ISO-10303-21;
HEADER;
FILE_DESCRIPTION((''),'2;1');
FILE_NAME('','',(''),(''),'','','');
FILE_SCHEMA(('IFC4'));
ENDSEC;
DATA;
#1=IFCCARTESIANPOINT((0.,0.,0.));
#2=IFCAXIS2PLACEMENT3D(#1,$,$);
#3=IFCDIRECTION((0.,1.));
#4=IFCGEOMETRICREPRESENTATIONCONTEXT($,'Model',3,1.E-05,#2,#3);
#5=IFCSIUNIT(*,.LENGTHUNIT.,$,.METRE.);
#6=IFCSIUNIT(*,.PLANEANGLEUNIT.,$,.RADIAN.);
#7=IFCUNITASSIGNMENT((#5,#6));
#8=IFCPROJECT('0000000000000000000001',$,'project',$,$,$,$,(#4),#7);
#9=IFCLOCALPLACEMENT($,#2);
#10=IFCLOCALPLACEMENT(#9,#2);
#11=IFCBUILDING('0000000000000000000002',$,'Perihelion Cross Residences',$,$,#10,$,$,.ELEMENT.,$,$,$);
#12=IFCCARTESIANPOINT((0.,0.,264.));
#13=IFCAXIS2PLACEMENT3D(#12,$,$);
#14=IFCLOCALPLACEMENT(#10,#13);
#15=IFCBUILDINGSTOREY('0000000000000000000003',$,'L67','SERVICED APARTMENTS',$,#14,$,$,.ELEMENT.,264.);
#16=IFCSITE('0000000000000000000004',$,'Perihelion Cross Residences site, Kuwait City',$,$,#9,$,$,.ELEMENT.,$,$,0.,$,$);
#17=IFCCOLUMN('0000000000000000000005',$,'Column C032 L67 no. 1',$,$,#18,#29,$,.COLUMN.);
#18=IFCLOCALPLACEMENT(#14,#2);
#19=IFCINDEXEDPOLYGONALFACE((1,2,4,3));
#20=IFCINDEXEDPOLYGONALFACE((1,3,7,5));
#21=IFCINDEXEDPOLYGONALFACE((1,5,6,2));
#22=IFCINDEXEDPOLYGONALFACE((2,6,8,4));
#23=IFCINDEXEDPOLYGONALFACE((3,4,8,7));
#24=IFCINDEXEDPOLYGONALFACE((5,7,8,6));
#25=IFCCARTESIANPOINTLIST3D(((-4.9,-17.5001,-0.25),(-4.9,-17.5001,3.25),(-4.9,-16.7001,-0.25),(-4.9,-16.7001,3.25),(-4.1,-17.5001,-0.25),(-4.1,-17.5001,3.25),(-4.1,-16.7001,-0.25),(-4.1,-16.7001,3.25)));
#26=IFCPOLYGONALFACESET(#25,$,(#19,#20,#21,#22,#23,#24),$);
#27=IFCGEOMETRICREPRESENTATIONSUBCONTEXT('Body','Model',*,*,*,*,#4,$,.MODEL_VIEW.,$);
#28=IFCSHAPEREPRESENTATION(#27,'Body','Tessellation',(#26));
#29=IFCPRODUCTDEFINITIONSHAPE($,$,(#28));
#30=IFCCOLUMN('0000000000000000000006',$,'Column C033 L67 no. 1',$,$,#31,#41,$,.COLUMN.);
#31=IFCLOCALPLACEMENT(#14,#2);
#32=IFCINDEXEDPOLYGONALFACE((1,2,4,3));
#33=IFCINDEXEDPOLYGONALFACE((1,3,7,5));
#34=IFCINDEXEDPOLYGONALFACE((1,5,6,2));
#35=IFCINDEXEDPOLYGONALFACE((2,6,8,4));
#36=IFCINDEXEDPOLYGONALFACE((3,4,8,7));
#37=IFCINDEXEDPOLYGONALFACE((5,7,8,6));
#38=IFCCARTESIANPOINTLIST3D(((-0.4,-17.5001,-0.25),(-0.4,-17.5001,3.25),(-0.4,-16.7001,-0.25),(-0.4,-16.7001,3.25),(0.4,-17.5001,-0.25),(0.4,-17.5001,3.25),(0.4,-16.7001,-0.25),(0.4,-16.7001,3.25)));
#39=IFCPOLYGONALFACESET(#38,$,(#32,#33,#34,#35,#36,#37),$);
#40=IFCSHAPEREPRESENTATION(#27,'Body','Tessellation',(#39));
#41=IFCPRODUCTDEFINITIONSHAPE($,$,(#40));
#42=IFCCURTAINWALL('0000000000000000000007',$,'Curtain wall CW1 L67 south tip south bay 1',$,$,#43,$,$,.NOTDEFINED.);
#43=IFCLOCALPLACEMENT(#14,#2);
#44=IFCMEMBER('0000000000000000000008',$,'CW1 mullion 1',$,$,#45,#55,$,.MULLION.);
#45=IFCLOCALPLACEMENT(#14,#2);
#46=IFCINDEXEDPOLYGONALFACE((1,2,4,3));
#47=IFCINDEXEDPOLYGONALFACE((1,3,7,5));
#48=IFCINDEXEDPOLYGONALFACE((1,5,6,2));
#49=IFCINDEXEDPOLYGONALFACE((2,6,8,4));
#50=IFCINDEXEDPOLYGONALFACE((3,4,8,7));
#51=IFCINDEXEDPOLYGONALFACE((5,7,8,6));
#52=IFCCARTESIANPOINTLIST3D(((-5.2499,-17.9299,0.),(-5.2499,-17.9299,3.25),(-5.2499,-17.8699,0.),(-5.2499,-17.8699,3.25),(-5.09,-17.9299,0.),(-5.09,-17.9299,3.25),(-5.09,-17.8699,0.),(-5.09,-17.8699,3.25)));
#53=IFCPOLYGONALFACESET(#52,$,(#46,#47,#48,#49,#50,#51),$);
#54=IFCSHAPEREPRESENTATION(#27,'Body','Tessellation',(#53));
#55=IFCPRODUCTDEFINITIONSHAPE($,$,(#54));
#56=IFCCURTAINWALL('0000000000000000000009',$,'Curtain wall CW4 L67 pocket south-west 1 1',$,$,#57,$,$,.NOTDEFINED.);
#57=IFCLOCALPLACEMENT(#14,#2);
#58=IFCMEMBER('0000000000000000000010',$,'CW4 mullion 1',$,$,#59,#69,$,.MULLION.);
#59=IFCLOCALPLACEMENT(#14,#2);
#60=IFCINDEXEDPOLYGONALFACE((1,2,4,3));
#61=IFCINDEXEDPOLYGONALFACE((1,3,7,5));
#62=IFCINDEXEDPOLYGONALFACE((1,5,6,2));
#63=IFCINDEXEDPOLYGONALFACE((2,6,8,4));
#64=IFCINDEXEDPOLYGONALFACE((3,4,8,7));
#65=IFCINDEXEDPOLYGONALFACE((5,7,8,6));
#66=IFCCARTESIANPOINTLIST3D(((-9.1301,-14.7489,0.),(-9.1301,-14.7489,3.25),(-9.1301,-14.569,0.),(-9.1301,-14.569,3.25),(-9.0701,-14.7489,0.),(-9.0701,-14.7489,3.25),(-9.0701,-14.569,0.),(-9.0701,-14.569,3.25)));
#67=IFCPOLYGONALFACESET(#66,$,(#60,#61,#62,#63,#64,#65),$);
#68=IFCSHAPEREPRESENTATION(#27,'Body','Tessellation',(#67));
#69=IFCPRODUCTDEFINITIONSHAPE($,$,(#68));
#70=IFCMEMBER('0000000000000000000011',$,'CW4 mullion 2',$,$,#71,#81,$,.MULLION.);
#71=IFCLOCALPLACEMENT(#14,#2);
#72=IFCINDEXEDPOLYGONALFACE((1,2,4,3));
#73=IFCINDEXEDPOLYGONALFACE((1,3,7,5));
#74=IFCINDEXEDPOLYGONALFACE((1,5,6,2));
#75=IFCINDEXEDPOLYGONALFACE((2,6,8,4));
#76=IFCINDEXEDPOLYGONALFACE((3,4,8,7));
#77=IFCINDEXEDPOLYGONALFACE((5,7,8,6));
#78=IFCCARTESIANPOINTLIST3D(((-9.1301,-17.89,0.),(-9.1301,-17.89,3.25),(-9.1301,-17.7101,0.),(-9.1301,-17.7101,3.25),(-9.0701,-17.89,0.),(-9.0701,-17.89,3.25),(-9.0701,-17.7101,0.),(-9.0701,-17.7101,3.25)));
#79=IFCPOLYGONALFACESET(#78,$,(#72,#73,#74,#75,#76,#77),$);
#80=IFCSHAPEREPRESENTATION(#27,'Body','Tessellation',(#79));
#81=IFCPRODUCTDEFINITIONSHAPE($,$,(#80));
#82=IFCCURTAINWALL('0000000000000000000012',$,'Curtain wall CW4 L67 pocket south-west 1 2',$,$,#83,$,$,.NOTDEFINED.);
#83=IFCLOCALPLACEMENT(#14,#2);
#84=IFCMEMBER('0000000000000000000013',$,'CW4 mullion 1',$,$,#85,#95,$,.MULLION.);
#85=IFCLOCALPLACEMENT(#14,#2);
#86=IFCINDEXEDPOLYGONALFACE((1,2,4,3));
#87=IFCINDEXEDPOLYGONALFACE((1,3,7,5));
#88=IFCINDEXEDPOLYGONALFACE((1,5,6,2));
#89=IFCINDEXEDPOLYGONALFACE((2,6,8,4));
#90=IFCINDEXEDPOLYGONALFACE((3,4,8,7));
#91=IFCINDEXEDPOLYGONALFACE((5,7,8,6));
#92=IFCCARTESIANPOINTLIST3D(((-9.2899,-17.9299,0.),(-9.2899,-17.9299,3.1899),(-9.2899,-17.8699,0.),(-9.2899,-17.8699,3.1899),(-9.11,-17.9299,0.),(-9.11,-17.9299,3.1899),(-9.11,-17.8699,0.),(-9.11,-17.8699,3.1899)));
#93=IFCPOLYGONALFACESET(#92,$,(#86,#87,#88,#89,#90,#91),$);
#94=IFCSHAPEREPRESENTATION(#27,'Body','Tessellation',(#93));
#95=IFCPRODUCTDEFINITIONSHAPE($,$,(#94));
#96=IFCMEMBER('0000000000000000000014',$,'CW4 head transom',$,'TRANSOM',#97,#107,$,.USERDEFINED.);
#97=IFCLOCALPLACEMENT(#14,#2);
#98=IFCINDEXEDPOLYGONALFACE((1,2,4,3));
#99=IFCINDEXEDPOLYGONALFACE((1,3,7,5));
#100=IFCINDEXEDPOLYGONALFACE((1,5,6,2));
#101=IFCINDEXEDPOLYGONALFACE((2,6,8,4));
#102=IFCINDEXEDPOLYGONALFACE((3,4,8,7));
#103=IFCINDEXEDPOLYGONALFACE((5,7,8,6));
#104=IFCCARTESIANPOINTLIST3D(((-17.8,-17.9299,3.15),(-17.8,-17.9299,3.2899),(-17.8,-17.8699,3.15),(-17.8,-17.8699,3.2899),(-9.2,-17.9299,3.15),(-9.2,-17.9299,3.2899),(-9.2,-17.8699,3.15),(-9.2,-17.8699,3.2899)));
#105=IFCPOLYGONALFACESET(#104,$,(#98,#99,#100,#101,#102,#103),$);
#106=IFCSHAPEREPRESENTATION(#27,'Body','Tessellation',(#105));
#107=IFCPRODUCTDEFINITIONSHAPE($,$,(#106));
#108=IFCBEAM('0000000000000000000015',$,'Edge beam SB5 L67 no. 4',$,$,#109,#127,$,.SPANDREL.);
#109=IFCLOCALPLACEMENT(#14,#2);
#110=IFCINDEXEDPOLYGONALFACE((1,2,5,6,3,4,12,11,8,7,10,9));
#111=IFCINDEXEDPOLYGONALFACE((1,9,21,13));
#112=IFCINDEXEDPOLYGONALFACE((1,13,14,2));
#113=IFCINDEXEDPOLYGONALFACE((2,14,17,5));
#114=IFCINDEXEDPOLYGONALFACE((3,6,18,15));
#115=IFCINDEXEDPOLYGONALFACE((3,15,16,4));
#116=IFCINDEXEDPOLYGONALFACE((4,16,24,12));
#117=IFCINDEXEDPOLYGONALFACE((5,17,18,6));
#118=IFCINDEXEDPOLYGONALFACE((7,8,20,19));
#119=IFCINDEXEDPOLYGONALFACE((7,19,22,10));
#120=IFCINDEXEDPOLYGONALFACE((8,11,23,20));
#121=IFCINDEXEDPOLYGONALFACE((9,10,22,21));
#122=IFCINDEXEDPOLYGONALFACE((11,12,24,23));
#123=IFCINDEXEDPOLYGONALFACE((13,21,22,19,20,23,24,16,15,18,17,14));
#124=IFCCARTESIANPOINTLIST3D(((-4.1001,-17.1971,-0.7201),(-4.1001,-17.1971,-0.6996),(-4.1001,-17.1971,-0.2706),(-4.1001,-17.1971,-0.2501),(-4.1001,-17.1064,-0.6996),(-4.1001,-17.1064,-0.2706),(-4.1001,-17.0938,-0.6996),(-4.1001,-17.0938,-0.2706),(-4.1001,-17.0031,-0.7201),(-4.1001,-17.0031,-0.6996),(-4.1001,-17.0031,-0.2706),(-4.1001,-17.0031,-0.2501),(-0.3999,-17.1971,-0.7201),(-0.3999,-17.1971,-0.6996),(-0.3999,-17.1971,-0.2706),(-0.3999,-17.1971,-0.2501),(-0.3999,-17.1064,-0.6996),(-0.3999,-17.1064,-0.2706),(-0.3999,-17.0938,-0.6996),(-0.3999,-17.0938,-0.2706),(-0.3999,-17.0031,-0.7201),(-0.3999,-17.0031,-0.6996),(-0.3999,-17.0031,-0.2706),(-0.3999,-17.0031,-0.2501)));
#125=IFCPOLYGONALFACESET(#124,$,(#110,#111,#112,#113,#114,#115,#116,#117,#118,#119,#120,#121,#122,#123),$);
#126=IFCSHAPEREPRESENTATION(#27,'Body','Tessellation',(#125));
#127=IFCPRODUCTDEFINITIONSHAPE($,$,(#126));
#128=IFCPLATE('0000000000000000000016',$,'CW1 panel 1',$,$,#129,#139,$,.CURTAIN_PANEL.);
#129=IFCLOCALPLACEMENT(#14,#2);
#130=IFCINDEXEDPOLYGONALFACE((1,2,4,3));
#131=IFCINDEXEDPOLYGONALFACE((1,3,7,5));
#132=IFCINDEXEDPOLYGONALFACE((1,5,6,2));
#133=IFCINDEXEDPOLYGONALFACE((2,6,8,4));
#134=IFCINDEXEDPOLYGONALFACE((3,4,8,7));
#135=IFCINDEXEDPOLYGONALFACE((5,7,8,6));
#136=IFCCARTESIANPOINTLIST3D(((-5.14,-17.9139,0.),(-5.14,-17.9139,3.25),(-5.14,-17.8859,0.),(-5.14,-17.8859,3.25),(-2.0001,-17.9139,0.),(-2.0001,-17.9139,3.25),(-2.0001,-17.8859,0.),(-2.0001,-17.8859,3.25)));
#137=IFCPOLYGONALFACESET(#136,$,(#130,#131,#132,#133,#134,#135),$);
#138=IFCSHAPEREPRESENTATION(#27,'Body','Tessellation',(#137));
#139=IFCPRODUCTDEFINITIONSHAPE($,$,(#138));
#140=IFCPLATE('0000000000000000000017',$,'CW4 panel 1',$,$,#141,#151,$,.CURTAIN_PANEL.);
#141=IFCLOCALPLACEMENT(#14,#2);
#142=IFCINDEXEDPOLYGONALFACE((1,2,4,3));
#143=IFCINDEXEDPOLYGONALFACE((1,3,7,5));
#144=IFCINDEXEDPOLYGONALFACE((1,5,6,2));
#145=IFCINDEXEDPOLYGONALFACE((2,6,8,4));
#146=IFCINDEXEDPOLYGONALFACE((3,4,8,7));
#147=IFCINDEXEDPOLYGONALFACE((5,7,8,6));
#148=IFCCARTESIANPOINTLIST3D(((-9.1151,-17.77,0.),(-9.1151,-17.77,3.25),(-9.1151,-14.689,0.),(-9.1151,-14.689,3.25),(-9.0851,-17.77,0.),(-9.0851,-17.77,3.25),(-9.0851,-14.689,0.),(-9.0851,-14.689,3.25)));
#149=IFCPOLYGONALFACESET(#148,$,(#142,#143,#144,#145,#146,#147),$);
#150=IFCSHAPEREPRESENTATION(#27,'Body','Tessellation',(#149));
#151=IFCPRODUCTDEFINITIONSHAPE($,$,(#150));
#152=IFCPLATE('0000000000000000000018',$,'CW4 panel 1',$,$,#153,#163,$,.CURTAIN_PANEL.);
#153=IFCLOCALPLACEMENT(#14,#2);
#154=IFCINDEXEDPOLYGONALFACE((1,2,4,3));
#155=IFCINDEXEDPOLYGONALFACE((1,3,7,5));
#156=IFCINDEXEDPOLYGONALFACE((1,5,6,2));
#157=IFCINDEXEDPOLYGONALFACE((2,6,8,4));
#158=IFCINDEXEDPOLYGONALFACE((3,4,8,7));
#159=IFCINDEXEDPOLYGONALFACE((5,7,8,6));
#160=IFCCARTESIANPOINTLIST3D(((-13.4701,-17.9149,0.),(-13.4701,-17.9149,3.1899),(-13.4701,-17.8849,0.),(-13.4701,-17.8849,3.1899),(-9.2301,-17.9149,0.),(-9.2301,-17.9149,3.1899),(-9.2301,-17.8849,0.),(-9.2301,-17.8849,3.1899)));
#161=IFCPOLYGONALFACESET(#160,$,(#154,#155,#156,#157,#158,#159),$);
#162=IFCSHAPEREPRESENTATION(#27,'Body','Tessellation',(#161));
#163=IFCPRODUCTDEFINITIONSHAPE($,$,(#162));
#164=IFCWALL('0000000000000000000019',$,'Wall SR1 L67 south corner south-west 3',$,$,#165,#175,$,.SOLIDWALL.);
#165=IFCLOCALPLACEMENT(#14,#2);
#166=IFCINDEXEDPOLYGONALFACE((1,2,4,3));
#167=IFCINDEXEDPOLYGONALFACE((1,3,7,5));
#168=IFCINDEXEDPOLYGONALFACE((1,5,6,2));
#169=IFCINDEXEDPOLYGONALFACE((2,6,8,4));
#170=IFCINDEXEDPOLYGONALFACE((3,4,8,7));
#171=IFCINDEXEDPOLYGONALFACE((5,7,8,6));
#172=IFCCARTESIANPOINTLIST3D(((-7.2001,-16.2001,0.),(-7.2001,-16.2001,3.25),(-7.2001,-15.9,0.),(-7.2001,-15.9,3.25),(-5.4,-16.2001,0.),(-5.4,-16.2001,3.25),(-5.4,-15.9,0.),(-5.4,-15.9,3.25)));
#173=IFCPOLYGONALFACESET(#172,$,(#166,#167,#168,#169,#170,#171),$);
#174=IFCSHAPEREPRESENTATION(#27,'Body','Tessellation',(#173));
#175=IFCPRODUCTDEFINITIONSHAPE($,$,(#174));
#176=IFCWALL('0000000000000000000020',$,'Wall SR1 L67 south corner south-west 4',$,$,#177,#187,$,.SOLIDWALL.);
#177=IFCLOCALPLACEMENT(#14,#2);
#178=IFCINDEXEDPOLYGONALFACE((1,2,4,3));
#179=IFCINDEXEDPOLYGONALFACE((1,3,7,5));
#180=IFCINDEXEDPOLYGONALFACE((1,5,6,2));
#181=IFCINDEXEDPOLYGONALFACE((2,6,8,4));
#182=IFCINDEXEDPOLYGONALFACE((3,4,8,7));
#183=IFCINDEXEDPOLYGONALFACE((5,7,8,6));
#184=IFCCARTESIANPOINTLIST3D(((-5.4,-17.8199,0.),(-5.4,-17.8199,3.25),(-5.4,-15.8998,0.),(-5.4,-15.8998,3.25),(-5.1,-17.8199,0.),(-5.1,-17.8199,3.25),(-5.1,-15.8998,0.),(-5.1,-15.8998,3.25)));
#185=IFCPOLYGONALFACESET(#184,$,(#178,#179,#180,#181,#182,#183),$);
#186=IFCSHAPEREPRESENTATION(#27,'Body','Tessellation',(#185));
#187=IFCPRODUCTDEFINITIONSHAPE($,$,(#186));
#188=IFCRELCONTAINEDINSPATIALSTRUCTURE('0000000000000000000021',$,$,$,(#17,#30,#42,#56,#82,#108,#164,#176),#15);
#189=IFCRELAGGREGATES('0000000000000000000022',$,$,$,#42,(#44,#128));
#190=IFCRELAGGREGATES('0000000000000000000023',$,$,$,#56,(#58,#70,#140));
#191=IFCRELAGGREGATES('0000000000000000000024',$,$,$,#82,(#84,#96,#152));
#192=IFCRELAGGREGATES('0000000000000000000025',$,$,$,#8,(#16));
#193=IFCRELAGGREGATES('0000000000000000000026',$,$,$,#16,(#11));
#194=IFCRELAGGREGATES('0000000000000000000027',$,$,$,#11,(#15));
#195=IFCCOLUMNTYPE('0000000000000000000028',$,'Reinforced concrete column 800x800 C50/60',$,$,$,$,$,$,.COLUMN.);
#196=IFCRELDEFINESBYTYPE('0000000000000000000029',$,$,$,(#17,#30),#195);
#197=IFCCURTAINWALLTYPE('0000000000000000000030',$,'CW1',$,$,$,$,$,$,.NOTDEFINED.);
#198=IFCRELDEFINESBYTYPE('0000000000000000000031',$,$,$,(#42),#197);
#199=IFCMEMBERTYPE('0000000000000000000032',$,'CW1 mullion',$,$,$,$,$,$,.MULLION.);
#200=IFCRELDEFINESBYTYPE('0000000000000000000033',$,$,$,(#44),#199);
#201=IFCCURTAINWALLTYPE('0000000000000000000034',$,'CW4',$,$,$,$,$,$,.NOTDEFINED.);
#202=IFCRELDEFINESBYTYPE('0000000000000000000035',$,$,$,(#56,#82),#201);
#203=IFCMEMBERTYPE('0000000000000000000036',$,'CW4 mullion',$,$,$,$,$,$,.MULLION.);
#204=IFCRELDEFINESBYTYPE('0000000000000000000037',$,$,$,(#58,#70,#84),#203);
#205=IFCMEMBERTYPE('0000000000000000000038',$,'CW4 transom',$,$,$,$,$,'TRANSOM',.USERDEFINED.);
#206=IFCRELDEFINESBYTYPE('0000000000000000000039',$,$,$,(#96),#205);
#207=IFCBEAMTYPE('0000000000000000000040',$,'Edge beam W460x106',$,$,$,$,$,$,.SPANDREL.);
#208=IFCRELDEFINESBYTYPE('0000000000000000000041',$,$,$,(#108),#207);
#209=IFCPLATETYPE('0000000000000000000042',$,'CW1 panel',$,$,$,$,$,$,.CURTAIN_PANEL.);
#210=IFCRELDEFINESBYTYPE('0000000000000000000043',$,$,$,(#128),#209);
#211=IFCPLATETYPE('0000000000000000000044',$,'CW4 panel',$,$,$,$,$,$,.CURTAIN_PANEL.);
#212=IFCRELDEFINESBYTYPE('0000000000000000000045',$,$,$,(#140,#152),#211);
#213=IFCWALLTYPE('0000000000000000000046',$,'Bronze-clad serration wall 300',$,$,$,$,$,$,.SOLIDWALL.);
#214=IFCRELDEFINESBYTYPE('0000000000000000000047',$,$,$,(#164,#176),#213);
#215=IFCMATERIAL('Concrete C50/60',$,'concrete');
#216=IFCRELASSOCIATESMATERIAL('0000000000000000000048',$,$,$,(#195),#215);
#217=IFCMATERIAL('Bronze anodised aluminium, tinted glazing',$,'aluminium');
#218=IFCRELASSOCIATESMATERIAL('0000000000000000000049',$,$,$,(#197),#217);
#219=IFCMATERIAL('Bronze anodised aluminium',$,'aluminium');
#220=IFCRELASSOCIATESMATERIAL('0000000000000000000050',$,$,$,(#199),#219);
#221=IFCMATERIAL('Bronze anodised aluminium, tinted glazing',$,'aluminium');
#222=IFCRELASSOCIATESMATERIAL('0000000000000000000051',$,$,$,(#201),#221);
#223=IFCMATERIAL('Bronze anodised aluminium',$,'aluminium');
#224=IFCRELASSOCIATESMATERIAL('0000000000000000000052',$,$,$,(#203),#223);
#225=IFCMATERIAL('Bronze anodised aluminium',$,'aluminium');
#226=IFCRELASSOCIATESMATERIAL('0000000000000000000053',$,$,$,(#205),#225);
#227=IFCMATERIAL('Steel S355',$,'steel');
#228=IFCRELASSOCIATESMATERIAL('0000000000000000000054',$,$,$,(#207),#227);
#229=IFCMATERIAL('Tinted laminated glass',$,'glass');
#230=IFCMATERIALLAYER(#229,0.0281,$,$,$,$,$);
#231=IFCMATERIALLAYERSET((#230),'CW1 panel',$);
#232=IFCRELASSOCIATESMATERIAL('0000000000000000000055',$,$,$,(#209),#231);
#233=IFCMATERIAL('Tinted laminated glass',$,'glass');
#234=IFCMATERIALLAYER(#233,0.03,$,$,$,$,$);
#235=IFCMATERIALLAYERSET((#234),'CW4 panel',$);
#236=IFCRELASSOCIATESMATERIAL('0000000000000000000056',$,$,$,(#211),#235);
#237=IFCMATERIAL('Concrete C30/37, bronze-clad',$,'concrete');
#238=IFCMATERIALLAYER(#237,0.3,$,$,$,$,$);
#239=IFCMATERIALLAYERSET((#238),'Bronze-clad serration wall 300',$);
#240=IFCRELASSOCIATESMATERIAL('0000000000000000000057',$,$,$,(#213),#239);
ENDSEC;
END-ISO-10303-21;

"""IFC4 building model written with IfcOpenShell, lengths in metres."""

from ifc_helpers import new_model, si_unit, direction, frame, frame_2d, origin, origin_2d, place, context, subcontext, project, spatial, rectangle, i_section, extrude, material, layer, layer_set, material_profile, profile_set, type_object, element, aggregate, save


model = new_model("IFC4")

# Units and contexts
model_context = context("Model", 3, precision=1e-05, world=origin(), true_north=direction((0.0, 1.0)))
body_context = subcontext(model_context, "Body", "Model", "MODEL_VIEW")
ifc_project = project(units=[si_unit("LENGTHUNIT", "METRE"), si_unit("PLANEANGLEUNIT", "RADIAN")], contexts=[model_context])

# Site, building, storey
site_placement = place(None, origin())
site = spatial("IfcSite", under=ifc_project, at=site_placement, Name="Perihelion Cross Residences site, Kuwait City", CompositionType="ELEMENT", RefElevation=0.0)
building_placement = place(site_placement, origin())
building = spatial("IfcBuilding", under=site, at=building_placement, Name="Perihelion Cross Residences", CompositionType="ELEMENT")
storey_placement = place(building_placement, frame((0.0, 0.0, 264.0)))
storey = spatial("IfcBuildingStorey", under=building, at=storey_placement, Name="L67", Description="SERVICED APARTMENTS", CompositionType="ELEMENT", Elevation=264.0)

# Columns
ifc_material_1 = material(Name="Concrete C50/60", Category="concrete")
ifc_material_profile_1 = material_profile(ifc_material_1, rectangle(XDim=0.8, YDim=0.8, at=origin_2d()), Name="RC 800x800")
ifc_profile_set_1 = profile_set([ifc_material_profile_1], Name="Concrete C50/60")
column_type = type_object("IfcColumnType", Name="Reinforced concrete column 800x800 C50/60", PredefinedType="COLUMN", material=ifc_profile_set_1)
for number, where, z_axis, x_axis, name in (
    (1, (-4.5, -17.1001, -0.25), (0.0, 0.0, 1.0), (1.0, 0.0, 0.0), "Column C032 L67 no. 1"),
    (2, (0.0, -17.1001, -0.25), (0.0, 0.0, 1.0), (1.0, 0.0, 0.0), "Column C033 L67 no. 1"),
):
    element("IfcColumn", number, at=place(storey_placement, frame(where, z_axis=z_axis, x_axis=x_axis)), inside=storey, type_object=column_type, Name=name, PredefinedType="COLUMN", context=body_context, shape_type="SweptSolid", body=[
        extrude(rectangle(XDim=0.8, YDim=0.8, at=origin_2d()), origin(), (0.0, 0.0, 1.0), 3.5),
    ])

# Curtain wall, member
ifc_material_2 = material(Name="Bronze anodised aluminium, tinted glazing", Category="aluminium")
curtain_wall_type_1 = type_object("IfcCurtainWallType", Name="CW1", PredefinedType="NOTDEFINED", material=ifc_material_2)
curtain_wall_1_placement = place(storey_placement, origin())
curtain_wall_1 = element("IfcCurtainWall", 3, at=curtain_wall_1_placement, inside=storey, type_object=curtain_wall_type_1, Name="Curtain wall CW1 L67 south tip south bay 1", PredefinedType="NOTDEFINED")
ifc_material_3 = material(Name="Bronze anodised aluminium", Category="aluminium")
ifc_material_profile_2 = material_profile(ifc_material_3, rectangle(XDim=0.0601, YDim=0.1599, at=origin_2d()), Name="CW1 mullion")
ifc_profile_set_2 = profile_set([ifc_material_profile_2], Name="Bronze anodised aluminium")
member_type_1 = type_object("IfcMemberType", Name="CW1 mullion", PredefinedType="MULLION", material=ifc_profile_set_2)
member_1_placement = place(storey_placement, frame((-5.1699, -17.8999, 0.0), z_axis=(0.0, 0.0, 1.0), x_axis=(0.0, 1.0, 0.0)))
member_1 = element("IfcMember", 4, at=member_1_placement, type_object=member_type_1, Name="CW1 mullion 1", PredefinedType="MULLION", context=body_context, shape_type="SweptSolid", body=[
    extrude(rectangle(XDim=0.0601, YDim=0.1599, at=origin_2d()), origin(), (0.0, 0.0, 1.0), 3.25),
])

# Curtain walls, members
ifc_material_4 = material(Name="Bronze anodised aluminium, tinted glazing", Category="aluminium")
curtain_wall_type_2 = type_object("IfcCurtainWallType", Name="CW4", PredefinedType="NOTDEFINED", material=ifc_material_4)
curtain_wall_2_placement = place(storey_placement, origin())
curtain_wall_2 = element("IfcCurtainWall", 5, at=curtain_wall_2_placement, inside=storey, type_object=curtain_wall_type_2, Name="Curtain wall CW4 L67 pocket south-west 1 1", PredefinedType="NOTDEFINED")
ifc_material_5 = material(Name="Bronze anodised aluminium", Category="aluminium")
ifc_material_profile_3 = material_profile(ifc_material_5, rectangle(XDim=0.0601, YDim=0.1799, at=origin_2d()), Name="CW4 mullion")
ifc_profile_set_3 = profile_set([ifc_material_profile_3], Name="Bronze anodised aluminium")
member_type_2 = type_object("IfcMemberType", Name="CW4 mullion", PredefinedType="MULLION", material=ifc_profile_set_3)
member_2_placement = place(storey_placement, frame((-9.1001, -14.6589, 0.0), z_axis=(0.0, 0.0, 1.0), x_axis=(1.0, 0.0, 0.0)))
member_2 = element("IfcMember", 6, at=member_2_placement, type_object=member_type_2, Name="CW4 mullion 1", PredefinedType="MULLION", context=body_context, shape_type="SweptSolid", body=[
    extrude(rectangle(XDim=0.0601, YDim=0.1799, at=origin_2d()), origin(), (0.0, 0.0, 1.0), 3.25),
])
member_3_placement = place(storey_placement, frame((-9.1001, -17.8, 0.0), z_axis=(0.0, 0.0, 1.0), x_axis=(1.0, 0.0, 0.0)))
member_3 = element("IfcMember", 7, at=member_3_placement, type_object=member_type_2, Name="CW4 mullion 2", PredefinedType="MULLION", context=body_context, shape_type="SweptSolid", body=[
    extrude(rectangle(XDim=0.0601, YDim=0.1799, at=origin_2d()), origin(), (0.0, 0.0, 1.0), 3.25),
])
curtain_wall_3_placement = place(storey_placement, origin())
curtain_wall_3 = element("IfcCurtainWall", 8, at=curtain_wall_3_placement, inside=storey, type_object=curtain_wall_type_2, Name="Curtain wall CW4 L67 pocket south-west 1 2", PredefinedType="NOTDEFINED")
member_4_placement = place(storey_placement, frame((-9.2, -17.8999, 0.0), z_axis=(0.0, 0.0, 1.0), x_axis=(0.0, -1.0, 0.0)))
member_4 = element("IfcMember", 9, at=member_4_placement, type_object=member_type_2, Name="CW4 mullion 1", PredefinedType="MULLION", context=body_context, shape_type="SweptSolid", body=[
    extrude(rectangle(XDim=0.0601, YDim=0.1799, at=origin_2d()), origin(), (0.0, 0.0, 1.0), 3.1899),
])
ifc_material_6 = material(Name="Bronze anodised aluminium", Category="aluminium")
ifc_material_profile_4 = material_profile(ifc_material_6, rectangle(XDim=0.0601, YDim=0.1399, at=origin_2d()), Name="CW4 transom")
ifc_profile_set_4 = profile_set([ifc_material_profile_4], Name="Bronze anodised aluminium")
member_type_3 = type_object("IfcMemberType", Name="CW4 transom", ElementType="TRANSOM", PredefinedType="USERDEFINED", material=ifc_profile_set_4)
member_5_placement = place(storey_placement, frame((-9.2, -17.8999, 3.22), z_axis=(-1.0, 0.0, 0.0), x_axis=(0.0, -1.0, 0.0)))
member_5 = element("IfcMember", 10, at=member_5_placement, type_object=member_type_3, Name="CW4 head transom", ObjectType="TRANSOM", PredefinedType="USERDEFINED", context=body_context, shape_type="SweptSolid", body=[
    extrude(rectangle(XDim=0.0601, YDim=0.1399, at=origin_2d()), origin(), (0.0, 0.0, 1.0), 8.6001),
])

# Beam
ifc_material_7 = material(Name="Steel S355", Category="steel")
ifc_material_profile_5 = material_profile(ifc_material_7, i_section(OverallWidth=0.1941, OverallDepth=0.47, WebThickness=0.0127, FlangeThickness=0.0205, at=origin_2d()), Name="W460x106")
ifc_profile_set_5 = profile_set([ifc_material_profile_5], Name="Steel S355")
beam_type = type_object("IfcBeamType", Name="Edge beam W460x106", PredefinedType="SPANDREL", material=ifc_profile_set_5)
beam_placement = place(storey_placement, frame((-4.1001, -17.1001, -0.4851), z_axis=(1.0, 0.0, 0.0), x_axis=(0.0, 1.0, 0.0)))
element("IfcBeam", 11, at=beam_placement, inside=storey, type_object=beam_type, Name="Edge beam SB5 L67 no. 4", PredefinedType="SPANDREL", context=body_context, shape_type="SweptSolid", body=[
    extrude(i_section(OverallWidth=0.1941, OverallDepth=0.47, WebThickness=0.0127, FlangeThickness=0.0205, at=origin_2d()), origin(), (0.0, 0.0, 1.0), 3.7002),
])

# Plates
ifc_material_8 = material(Name="Tinted laminated glass", Category="glass")
ifc_layer_1 = layer(ifc_material_8, 0.0281)
ifc_layer_set_1 = layer_set([ifc_layer_1], Name="CW1 panel")
plate_type_1 = type_object("IfcPlateType", Name="CW1 panel", PredefinedType="CURTAIN_PANEL", material=ifc_layer_set_1)
plate_1_placement = place(storey_placement, frame((-3.5701, -17.8999, 0.0), z_axis=(0.0, 0.0, 1.0), x_axis=(1.0, 0.0, 0.0)))
plate_1 = element("IfcPlate", 12, at=plate_1_placement, type_object=plate_type_1, Name="CW1 panel 1", PredefinedType="CURTAIN_PANEL", context=body_context, shape_type="SweptSolid", body=[
    extrude(rectangle(XDim=3.1399, YDim=0.0281, at=origin_2d()), origin(), (0.0, 0.0, 1.0), 3.25),
])
aggregate(curtain_wall_1, [member_1, plate_1])
ifc_material_9 = material(Name="Tinted laminated glass", Category="glass")
ifc_layer_2 = layer(ifc_material_9, 0.03)
ifc_layer_set_2 = layer_set([ifc_layer_2], Name="CW4 panel")
plate_type_2 = type_object("IfcPlateType", Name="CW4 panel", PredefinedType="CURTAIN_PANEL", material=ifc_layer_set_2)
plate_2_placement = place(storey_placement, frame((-9.1001, -16.2295, 0.0), z_axis=(0.0, 0.0, 1.0), x_axis=(0.0, -1.0, 0.0)))
plate_2 = element("IfcPlate", 13, at=plate_2_placement, type_object=plate_type_2, Name="CW4 panel 1", PredefinedType="CURTAIN_PANEL", context=body_context, shape_type="SweptSolid", body=[
    extrude(rectangle(XDim=3.0811, YDim=0.03, at=origin_2d()), origin(), (0.0, 0.0, 1.0), 3.25),
])
aggregate(curtain_wall_2, [member_2, member_3, plate_2])
plate_3_placement = place(storey_placement, frame((-11.3501, -17.8999, 0.0), z_axis=(0.0, 0.0, 1.0), x_axis=(-1.0, 0.0, 0.0)))
plate_3 = element("IfcPlate", 14, at=plate_3_placement, type_object=plate_type_2, Name="CW4 panel 1", PredefinedType="CURTAIN_PANEL", context=body_context, shape_type="SweptSolid", body=[
    extrude(rectangle(XDim=4.24, YDim=0.03, at=origin_2d()), origin(), (0.0, 0.0, 1.0), 3.1899),
])
aggregate(curtain_wall_3, [member_4, member_5, plate_3])

# Walls
ifc_material_10 = material(Name="Concrete C30/37, bronze-clad", Category="concrete")
ifc_layer_3 = layer(ifc_material_10, 0.3)
ifc_layer_set_3 = layer_set([ifc_layer_3], Name="Bronze-clad serration wall 300")
wall_type_1 = type_object("IfcWallType", Name="Bronze-clad serration wall 300", PredefinedType="SOLIDWALL", material=ifc_layer_set_3)
wall_1_placement = place(storey_placement, frame((-7.2, -16.05, 0.0), z_axis=(0.0, 0.0, 1.0), x_axis=(1.0, 0.0, 0.0)))
element("IfcWall", 15, at=wall_1_placement, inside=storey, type_object=wall_type_1, Name="Wall SR1 L67 south corner south-west 3", PredefinedType="SOLIDWALL", context=body_context, shape_type="SweptSolid", body=[
    extrude(rectangle(XDim=1.8, YDim=0.3, at=frame_2d((0.8999, 0.0))), origin(), (0.0, 0.0, 1.0), 3.25),
])
wall_2_placement = place(storey_placement, frame((-5.25, -15.8999, 0.0), z_axis=(0.0, 0.0, 1.0), x_axis=(0.0, -1.0, 0.0)))
element("IfcWall", 16, at=wall_2_placement, inside=storey, type_object=wall_type_1, Name="Wall SR1 L67 south corner south-west 4", PredefinedType="SOLIDWALL", context=body_context, shape_type="SweptSolid", body=[
    extrude(rectangle(XDim=1.9202, YDim=0.3, at=frame_2d((0.96, 0.0))), origin(), (0.0, 0.0, 1.0), 3.25),
])

save(model, "model.ifc")
